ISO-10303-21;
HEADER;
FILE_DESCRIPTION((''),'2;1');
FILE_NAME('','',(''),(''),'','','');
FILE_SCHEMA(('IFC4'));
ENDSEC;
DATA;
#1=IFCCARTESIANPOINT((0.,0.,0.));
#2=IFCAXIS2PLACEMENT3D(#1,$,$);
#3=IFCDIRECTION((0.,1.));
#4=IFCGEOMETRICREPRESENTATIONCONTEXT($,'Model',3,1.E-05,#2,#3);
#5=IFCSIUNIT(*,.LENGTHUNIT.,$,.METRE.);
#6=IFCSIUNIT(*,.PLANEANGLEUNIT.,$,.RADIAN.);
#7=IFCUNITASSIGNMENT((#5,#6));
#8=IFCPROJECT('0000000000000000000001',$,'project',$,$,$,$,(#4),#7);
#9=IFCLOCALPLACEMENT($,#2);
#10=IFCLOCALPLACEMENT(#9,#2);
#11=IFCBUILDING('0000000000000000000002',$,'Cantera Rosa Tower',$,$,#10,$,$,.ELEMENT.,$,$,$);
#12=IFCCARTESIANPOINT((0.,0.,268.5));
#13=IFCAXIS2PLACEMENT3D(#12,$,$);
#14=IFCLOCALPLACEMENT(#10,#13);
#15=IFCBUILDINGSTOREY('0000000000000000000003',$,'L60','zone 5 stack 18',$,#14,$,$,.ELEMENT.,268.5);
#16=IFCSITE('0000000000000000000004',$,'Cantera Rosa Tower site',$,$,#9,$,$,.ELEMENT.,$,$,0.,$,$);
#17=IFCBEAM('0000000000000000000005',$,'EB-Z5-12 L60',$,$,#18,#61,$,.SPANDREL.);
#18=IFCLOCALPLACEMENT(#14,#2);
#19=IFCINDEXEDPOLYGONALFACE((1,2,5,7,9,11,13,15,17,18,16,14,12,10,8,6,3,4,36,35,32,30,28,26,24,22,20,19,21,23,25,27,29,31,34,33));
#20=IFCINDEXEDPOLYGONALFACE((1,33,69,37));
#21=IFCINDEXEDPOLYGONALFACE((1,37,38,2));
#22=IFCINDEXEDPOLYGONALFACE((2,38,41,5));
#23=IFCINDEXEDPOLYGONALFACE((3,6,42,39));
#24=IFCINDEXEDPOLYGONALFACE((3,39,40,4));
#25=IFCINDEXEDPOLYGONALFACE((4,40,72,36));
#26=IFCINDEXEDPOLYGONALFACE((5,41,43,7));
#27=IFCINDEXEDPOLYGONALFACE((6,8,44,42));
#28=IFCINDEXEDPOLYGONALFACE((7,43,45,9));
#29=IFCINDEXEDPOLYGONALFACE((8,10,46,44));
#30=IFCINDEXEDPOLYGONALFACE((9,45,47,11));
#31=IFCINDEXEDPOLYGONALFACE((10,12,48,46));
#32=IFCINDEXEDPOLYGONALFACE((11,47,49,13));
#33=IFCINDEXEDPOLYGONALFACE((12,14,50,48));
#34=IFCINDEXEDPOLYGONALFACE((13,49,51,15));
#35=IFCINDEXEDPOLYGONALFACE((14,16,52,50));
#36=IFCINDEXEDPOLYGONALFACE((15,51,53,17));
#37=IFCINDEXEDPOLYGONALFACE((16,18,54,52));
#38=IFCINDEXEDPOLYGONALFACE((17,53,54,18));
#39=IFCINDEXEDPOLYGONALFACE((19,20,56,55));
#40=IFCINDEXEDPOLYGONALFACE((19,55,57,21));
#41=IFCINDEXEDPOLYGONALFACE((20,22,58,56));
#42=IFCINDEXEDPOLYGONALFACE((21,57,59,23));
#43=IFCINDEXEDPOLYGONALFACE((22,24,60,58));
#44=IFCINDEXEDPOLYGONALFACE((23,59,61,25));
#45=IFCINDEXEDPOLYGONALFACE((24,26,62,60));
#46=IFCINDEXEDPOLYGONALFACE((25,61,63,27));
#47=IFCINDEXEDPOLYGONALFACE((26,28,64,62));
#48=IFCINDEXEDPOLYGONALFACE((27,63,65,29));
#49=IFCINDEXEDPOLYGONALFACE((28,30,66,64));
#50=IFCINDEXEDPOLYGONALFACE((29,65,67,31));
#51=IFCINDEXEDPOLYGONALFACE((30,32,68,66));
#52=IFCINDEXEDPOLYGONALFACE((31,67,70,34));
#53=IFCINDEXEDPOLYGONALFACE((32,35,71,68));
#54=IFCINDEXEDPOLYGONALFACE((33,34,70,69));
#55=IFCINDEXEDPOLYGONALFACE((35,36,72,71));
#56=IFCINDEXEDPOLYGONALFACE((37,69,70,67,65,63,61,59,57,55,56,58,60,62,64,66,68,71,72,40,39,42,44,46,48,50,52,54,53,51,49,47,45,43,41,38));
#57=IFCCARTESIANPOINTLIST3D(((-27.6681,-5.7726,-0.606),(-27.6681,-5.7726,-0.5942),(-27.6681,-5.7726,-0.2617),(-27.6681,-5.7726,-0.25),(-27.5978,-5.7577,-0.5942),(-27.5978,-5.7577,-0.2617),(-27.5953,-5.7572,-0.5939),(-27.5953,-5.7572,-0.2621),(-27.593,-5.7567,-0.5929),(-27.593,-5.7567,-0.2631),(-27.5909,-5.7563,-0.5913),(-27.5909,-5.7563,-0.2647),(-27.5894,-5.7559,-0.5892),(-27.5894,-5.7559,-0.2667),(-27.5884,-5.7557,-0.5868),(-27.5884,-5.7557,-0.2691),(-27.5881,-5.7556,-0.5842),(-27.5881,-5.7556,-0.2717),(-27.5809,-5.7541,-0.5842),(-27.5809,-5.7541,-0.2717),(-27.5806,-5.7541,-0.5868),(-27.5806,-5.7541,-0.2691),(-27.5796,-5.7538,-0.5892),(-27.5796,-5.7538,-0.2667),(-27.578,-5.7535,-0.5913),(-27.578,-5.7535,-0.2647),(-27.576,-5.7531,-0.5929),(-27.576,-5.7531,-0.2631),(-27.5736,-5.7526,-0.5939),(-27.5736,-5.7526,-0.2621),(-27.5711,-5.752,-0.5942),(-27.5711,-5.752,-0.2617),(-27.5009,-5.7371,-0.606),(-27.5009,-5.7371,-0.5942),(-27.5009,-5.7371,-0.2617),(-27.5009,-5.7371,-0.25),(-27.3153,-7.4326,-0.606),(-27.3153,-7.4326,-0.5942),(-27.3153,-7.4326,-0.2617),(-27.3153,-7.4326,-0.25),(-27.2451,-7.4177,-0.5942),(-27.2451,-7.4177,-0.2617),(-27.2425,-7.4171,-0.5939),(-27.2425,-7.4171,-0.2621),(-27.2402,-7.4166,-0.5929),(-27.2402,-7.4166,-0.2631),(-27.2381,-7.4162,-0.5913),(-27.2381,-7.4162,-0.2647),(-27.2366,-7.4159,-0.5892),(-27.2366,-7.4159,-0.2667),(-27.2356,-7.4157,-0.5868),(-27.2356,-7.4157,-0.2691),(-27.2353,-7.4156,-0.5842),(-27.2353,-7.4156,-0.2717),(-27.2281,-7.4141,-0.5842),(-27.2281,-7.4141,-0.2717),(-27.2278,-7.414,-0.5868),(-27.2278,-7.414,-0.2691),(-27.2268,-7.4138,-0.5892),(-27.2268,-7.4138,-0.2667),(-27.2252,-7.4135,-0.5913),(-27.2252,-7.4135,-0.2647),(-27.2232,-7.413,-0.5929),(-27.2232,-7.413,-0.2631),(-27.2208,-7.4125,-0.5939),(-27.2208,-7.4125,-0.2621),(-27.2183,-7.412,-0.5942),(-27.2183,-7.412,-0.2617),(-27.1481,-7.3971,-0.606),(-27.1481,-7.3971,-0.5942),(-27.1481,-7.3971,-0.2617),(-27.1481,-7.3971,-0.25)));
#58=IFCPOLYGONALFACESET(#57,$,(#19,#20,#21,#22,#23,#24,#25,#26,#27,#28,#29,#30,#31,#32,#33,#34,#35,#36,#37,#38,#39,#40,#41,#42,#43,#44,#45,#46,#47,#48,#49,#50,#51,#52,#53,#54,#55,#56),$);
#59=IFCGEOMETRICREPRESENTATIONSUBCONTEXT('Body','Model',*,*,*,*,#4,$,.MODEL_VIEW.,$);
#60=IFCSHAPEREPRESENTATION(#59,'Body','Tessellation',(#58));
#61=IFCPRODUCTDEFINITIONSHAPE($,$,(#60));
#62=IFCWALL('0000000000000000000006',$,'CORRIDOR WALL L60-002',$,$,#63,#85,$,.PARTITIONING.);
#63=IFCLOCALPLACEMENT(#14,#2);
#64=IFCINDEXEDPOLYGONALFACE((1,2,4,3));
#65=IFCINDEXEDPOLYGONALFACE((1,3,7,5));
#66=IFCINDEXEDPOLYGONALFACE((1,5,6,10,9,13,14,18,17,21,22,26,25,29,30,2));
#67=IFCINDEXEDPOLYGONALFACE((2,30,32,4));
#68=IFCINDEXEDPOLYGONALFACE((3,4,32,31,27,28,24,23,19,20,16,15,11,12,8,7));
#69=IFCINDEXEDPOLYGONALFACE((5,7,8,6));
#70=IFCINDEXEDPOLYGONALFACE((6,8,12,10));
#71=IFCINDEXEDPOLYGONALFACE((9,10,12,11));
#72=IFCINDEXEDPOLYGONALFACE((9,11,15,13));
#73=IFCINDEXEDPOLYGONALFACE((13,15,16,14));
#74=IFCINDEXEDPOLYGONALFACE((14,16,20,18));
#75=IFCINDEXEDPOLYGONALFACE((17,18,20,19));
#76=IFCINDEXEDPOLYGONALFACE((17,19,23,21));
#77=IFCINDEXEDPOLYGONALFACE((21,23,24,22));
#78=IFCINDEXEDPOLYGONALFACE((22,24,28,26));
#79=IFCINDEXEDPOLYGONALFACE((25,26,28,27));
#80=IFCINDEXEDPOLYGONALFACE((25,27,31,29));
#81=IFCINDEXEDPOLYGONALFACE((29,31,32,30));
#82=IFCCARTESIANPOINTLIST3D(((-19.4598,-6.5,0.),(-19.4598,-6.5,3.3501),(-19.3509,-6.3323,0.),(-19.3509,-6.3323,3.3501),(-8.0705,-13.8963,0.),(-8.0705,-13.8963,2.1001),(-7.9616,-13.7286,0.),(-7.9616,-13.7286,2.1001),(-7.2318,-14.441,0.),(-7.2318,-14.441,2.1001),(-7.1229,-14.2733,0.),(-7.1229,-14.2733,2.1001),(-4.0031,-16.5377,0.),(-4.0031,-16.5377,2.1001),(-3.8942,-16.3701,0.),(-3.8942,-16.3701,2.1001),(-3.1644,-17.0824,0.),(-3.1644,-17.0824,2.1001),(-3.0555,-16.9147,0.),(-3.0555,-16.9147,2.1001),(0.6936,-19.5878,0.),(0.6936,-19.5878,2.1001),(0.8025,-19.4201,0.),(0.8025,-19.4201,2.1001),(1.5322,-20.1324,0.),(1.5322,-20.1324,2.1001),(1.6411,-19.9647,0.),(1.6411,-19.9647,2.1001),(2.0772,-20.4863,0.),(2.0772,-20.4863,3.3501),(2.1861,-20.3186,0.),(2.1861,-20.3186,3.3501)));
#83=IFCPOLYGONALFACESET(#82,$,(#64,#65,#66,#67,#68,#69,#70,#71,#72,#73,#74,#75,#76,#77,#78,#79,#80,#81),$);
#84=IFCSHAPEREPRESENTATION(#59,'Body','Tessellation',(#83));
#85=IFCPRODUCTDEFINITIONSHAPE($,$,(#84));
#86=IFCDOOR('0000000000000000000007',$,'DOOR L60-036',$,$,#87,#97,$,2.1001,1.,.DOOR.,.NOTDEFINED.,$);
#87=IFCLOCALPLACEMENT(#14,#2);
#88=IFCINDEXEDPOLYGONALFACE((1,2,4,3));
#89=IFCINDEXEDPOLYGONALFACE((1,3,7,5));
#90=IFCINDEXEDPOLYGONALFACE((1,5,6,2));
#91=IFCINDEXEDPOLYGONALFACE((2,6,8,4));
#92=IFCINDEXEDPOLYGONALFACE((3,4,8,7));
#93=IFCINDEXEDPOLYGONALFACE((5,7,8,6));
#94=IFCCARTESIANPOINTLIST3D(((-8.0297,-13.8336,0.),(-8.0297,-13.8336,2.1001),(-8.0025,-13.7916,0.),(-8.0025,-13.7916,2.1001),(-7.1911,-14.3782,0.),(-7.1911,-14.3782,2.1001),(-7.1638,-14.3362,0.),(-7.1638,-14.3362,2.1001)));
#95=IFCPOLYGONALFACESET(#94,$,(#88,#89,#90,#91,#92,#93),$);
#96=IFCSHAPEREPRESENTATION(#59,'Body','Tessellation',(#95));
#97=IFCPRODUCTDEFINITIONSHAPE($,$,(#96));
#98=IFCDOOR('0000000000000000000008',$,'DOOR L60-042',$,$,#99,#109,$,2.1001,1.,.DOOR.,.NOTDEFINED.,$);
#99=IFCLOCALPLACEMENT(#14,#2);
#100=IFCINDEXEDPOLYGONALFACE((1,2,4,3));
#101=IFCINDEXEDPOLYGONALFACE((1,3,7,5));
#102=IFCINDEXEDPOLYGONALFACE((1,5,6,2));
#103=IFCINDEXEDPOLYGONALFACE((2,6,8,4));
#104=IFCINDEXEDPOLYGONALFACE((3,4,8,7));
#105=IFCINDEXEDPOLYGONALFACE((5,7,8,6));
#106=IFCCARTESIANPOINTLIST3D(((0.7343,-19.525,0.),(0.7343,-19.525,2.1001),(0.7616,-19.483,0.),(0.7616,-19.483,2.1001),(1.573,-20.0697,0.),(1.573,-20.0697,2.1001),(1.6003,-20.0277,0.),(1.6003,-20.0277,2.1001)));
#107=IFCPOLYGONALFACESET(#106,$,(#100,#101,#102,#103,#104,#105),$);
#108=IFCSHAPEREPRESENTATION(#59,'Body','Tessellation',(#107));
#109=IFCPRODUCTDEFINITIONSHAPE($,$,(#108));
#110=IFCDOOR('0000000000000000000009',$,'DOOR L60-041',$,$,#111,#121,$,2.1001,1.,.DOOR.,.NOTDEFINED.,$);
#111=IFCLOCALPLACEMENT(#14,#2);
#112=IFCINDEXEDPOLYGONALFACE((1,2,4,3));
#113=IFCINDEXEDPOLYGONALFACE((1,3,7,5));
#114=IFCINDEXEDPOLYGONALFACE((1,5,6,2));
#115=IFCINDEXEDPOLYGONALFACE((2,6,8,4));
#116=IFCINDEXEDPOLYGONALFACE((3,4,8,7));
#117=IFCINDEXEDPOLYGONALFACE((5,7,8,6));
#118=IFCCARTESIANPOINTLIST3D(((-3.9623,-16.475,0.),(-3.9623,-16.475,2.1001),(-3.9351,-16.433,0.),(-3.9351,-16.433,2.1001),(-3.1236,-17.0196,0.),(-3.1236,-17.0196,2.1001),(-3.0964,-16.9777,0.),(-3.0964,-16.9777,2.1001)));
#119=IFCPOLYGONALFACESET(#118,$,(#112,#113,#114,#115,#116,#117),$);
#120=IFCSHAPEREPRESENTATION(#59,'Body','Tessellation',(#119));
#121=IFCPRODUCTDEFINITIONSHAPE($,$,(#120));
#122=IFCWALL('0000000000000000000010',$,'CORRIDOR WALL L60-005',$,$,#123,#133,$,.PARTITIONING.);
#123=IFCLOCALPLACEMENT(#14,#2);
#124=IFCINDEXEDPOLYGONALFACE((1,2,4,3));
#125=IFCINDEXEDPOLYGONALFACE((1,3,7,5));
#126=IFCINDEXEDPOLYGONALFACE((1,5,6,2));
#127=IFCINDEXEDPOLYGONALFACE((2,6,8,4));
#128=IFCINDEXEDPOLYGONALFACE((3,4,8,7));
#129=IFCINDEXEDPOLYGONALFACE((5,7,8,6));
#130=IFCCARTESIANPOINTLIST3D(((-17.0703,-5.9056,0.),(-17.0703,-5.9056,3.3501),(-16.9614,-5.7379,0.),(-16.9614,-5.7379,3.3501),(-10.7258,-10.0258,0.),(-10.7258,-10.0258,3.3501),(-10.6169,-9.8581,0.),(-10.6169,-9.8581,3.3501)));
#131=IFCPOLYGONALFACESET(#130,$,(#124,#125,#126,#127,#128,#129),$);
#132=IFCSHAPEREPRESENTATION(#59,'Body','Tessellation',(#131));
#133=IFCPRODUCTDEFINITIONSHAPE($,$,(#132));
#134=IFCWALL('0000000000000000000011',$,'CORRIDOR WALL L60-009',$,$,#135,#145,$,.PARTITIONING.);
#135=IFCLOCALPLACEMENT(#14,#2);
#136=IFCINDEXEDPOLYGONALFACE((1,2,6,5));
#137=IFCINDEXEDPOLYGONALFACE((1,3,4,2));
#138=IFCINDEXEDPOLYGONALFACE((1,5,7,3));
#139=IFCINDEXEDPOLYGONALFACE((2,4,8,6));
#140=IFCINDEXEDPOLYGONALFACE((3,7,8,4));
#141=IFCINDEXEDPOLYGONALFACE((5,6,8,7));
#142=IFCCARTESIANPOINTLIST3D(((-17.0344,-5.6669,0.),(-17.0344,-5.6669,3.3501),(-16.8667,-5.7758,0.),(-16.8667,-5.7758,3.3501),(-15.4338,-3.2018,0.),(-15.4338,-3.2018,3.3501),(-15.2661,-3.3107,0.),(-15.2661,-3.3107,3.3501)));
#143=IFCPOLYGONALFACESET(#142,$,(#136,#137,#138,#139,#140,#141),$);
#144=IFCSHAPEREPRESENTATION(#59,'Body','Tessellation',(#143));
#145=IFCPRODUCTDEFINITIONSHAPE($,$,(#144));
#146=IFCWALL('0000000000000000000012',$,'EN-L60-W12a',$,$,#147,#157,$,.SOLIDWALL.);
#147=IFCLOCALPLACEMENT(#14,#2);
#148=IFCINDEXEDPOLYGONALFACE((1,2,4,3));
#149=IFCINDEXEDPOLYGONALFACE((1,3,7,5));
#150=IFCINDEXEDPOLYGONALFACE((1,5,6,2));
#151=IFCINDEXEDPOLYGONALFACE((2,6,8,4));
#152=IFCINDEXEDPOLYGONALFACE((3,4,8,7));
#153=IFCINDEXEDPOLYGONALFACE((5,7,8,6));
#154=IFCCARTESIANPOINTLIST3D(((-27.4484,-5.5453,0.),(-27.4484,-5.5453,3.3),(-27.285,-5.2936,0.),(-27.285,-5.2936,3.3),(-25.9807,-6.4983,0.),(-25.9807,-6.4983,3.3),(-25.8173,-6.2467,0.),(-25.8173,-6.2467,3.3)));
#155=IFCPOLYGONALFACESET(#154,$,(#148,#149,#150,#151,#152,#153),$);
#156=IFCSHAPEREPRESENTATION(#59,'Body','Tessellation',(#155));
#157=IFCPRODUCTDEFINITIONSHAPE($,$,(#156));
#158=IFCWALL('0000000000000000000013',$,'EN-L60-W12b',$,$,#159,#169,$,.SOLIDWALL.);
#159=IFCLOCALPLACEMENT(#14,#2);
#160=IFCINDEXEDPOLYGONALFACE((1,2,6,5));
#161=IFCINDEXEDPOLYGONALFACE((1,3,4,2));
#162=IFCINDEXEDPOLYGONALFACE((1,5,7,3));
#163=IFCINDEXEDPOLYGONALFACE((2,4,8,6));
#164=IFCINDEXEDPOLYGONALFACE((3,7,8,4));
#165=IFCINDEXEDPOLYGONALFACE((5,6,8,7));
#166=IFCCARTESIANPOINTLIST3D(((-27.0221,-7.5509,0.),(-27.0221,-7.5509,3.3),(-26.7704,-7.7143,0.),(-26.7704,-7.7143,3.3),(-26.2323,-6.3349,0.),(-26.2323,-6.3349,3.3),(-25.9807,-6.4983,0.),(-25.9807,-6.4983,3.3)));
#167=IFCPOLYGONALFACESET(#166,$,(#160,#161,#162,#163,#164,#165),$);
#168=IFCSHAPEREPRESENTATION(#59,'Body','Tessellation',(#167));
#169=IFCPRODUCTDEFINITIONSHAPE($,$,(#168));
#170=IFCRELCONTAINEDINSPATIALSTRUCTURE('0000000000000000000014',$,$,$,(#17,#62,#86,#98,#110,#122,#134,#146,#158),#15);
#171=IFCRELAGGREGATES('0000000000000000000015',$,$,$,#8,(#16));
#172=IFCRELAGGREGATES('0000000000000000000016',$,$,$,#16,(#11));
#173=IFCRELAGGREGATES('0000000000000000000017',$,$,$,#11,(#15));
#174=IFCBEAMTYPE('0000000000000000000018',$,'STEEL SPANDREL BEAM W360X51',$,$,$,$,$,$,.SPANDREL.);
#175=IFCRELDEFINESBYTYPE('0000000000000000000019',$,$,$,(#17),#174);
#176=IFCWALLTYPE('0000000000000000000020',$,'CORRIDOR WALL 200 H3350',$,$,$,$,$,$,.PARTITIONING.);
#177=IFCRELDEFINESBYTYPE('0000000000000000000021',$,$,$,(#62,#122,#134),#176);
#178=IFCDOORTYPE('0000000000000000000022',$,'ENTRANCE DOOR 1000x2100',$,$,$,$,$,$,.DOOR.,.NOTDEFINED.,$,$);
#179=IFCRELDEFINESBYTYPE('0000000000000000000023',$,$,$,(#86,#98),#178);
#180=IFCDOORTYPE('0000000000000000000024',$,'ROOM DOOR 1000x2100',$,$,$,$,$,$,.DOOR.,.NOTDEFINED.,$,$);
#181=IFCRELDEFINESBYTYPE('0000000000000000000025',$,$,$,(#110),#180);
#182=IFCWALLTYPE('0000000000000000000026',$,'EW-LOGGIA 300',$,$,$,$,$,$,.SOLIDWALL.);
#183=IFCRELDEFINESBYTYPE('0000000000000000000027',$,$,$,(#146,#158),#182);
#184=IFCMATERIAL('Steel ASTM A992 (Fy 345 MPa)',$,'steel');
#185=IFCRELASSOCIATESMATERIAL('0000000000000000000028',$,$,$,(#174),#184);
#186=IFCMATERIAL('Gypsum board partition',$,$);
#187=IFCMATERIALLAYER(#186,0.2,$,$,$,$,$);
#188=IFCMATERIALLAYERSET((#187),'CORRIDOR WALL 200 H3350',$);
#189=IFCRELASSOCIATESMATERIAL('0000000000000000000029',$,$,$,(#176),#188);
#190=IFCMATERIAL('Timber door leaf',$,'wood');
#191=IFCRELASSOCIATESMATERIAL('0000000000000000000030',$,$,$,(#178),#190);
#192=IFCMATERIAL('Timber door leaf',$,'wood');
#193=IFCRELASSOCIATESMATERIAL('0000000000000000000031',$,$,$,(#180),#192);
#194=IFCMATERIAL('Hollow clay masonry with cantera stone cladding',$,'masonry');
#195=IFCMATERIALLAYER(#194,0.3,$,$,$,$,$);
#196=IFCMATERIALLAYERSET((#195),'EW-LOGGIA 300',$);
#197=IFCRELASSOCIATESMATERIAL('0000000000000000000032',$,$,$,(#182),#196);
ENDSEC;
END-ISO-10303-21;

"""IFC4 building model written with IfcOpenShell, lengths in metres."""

from ifc_helpers import new_model, si_unit, direction, frame, frame_2d, origin, origin_2d, place, context, subcontext, project, spatial, rectangle, i_section, extrude, material, layer, layer_set, material_profile, profile_set, type_object, element, fill, save


model = new_model("IFC4")

# Units and contexts
model_context = context("Model", 3, precision=1e-05, world=origin(), true_north=direction((0.0, 1.0)))
body_context = subcontext(model_context, "Body", "Model", "MODEL_VIEW")
ifc_project = project(units=[si_unit("LENGTHUNIT", "METRE"), si_unit("PLANEANGLEUNIT", "RADIAN")], contexts=[model_context])

# Site, building, storey
site_placement = place(None, origin())
site = spatial("IfcSite", under=ifc_project, at=site_placement, Name="Cantera Rosa Tower site", CompositionType="ELEMENT", RefElevation=0.0)
building_placement = place(site_placement, origin())
building = spatial("IfcBuilding", under=site, at=building_placement, Name="Cantera Rosa Tower", CompositionType="ELEMENT")
storey_placement = place(building_placement, frame((0.0, 0.0, 268.5)))
storey = spatial("IfcBuildingStorey", under=building, at=storey_placement, Name="L60", Description="zone 5 stack 18", CompositionType="ELEMENT", Elevation=268.5)

# Beam
ifc_material_1 = material(Name="Steel ASTM A992 (Fy 345 MPa)", Category="steel")
ifc_material_profile_1 = material_profile(ifc_material_1, i_section(OverallWidth=0.1709, OverallDepth=0.356, WebThickness=0.0073, FlangeThickness=0.0117, FilletRadius=0.01, at=origin_2d()), Name="W360X51")
ifc_profile_set_1 = profile_set([ifc_material_profile_1], Name="Steel ASTM A992 (Fy 345 MPa)")
beam_type_1 = type_object("IfcBeamType", Name="STEEL SPANDREL BEAM W360X51", PredefinedType="SPANDREL", material=ifc_profile_set_1)
beam_1_placement = place(storey_placement, frame((-27.5845, -5.7549, -0.428), z_axis=(0.207888, -0.978153, 0.0), x_axis=(0.978153, 0.207888, 0.0)))
element("IfcBeam", 1, at=beam_1_placement, inside=storey, type_object=beam_type_1, Name="EB-Z5-12 L60", PredefinedType="SPANDREL", context=body_context, shape_type="SweptSolid", body=[
    extrude(i_section(OverallWidth=0.1709, OverallDepth=0.356, WebThickness=0.0073, FlangeThickness=0.0117, FilletRadius=0.01, at=origin_2d()), origin(), (0.0, 0.0, 1.0), 1.697),
])

# Wall, openings, doors
ifc_material_2 = material(Name="Gypsum board partition")
ifc_layer_1 = layer(ifc_material_2, 0.2)
ifc_layer_set_1 = layer_set([ifc_layer_1], Name="CORRIDOR WALL 200 H3350")
wall_type_1 = type_object("IfcWallType", Name="CORRIDOR WALL 200 H3350", PredefinedType="PARTITIONING", material=ifc_layer_set_1)
wall_1_placement = place(storey_placement, frame((-19.4053, -6.4163, 0.0), z_axis=(0.0, 0.0, 1.0), x_axis=(0.838671, -0.544638, 0.0)))
wall_1 = element("IfcWall", 2, at=wall_1_placement, inside=storey, type_object=wall_type_1, Name="CORRIDOR WALL L60-002", PredefinedType="PARTITIONING", context=body_context, shape_type="SweptSolid", body=[
    extrude(rectangle(XDim=25.6799, YDim=0.2, at=frame_2d((12.8398, 0.0))), origin(), (0.0, 0.0, 1.0), 3.3501),
])
opening_1_placement = place(wall_1_placement, frame((13.5801, 0.0, 0.0)))
opening_1 = element("IfcOpeningElement", 3, at=opening_1_placement, cuts=wall_1, PredefinedType="OPENING", context=body_context, shape_type="SweptSolid", body=[
    extrude(rectangle(XDim=1.0, YDim=2.1001, at=frame_2d((0.5, 1.05))), frame((0.0, 0.1099, 0.0), z_axis=(0.0, -1.0, 0.0), x_axis=(1.0, 0.0, 0.0)), (0.0, 0.0, 1.0), 0.22),
])
opening_2_placement = place(wall_1_placement, frame((18.4299, 0.0, 0.0)))
opening_2 = element("IfcOpeningElement", 4, at=opening_2_placement, cuts=wall_1, PredefinedType="OPENING", context=body_context, shape_type="SweptSolid", body=[
    extrude(rectangle(XDim=1.0, YDim=2.1001, at=frame_2d((0.5, 1.05))), frame((0.0, 0.1099, 0.0), z_axis=(0.0, -1.0, 0.0), x_axis=(1.0, 0.0, 0.0)), (0.0, 0.0, 1.0), 0.22),
])
opening_3_placement = place(wall_1_placement, frame((24.03, 0.0, 0.0)))
opening_3 = element("IfcOpeningElement", 5, at=opening_3_placement, cuts=wall_1, PredefinedType="OPENING", context=body_context, shape_type="SweptSolid", body=[
    extrude(rectangle(XDim=1.0, YDim=2.1001, at=frame_2d((0.5, 1.05))), frame((0.0, 0.1099, 0.0), z_axis=(0.0, -1.0, 0.0), x_axis=(1.0, 0.0, 0.0)), (0.0, 0.0, 1.0), 0.22),
])
ifc_material_3 = material(Name="Timber door leaf", Category="wood")
door_type_1 = type_object("IfcDoorType", Name="ENTRANCE DOOR 1000x2100", OperationType="NOTDEFINED", PredefinedType="DOOR", material=ifc_material_3)
door_1_placement = place(opening_1_placement, origin())
door_1 = element("IfcDoor", 6, at=door_1_placement, inside=storey, type_object=door_type_1, Name="DOOR L60-036", OperationType="NOTDEFINED", OverallHeight=2.1001, OverallWidth=1.0, PredefinedType="DOOR", context=body_context, shape_type="SweptSolid", body=[
    extrude(rectangle(XDim=1.0, YDim=2.1001, at=frame_2d((0.5, 1.05))), frame((0.0, 0.0249, 0.0), z_axis=(0.0, -1.0, 0.0), x_axis=(1.0, 0.0, 0.0)), (0.0, 0.0, 1.0), 0.05),
])
fill(opening_1, door_1)
door_2_placement = place(opening_3_placement, origin())
door_2 = element("IfcDoor", 7, at=door_2_placement, inside=storey, type_object=door_type_1, Name="DOOR L60-042", OperationType="NOTDEFINED", OverallHeight=2.1001, OverallWidth=1.0, PredefinedType="DOOR", context=body_context, shape_type="SweptSolid", body=[
    extrude(rectangle(XDim=1.0, YDim=2.1001, at=frame_2d((0.5, 1.05))), frame((0.0, 0.0249, 0.0), z_axis=(0.0, -1.0, 0.0), x_axis=(1.0, 0.0, 0.0)), (0.0, 0.0, 1.0), 0.05),
])
fill(opening_3, door_2)
ifc_material_4 = material(Name="Timber door leaf", Category="wood")
door_type_2 = type_object("IfcDoorType", Name="ROOM DOOR 1000x2100", OperationType="NOTDEFINED", PredefinedType="DOOR", material=ifc_material_4)
door_3_placement = place(opening_2_placement, origin())
door_3 = element("IfcDoor", 8, at=door_3_placement, inside=storey, type_object=door_type_2, Name="DOOR L60-041", OperationType="NOTDEFINED", OverallHeight=2.1001, OverallWidth=1.0, PredefinedType="DOOR", context=body_context, shape_type="SweptSolid", body=[
    extrude(rectangle(XDim=1.0, YDim=2.1001, at=frame_2d((0.5, 1.05))), frame((0.0, 0.0249, 0.0), z_axis=(0.0, -1.0, 0.0), x_axis=(1.0, 0.0, 0.0)), (0.0, 0.0, 1.0), 0.05),
])
fill(opening_2, door_3)

# Walls
wall_2_placement = place(storey_placement, frame((-17.0159, -5.8218, 0.0), z_axis=(0.0, 0.0, 1.0), x_axis=(0.838673, -0.544636, 0.0)))
element("IfcWall", 9, at=wall_2_placement, inside=storey, type_object=wall_type_1, Name="CORRIDOR WALL L60-005", PredefinedType="PARTITIONING", context=body_context, shape_type="SweptSolid", body=[
    extrude(rectangle(XDim=7.5649, YDim=0.2, at=frame_2d((3.7825, 0.0))), origin(), (0.0, 0.0, 1.0), 3.3501),
])
wall_3_placement = place(storey_placement, frame((-15.3499, -3.2561, 0.0), z_axis=(0.0, 0.0, 1.0), x_axis=(-0.544577, -0.838711, 0.0)))
element("IfcWall", 10, at=wall_3_placement, inside=storey, type_object=wall_type_1, Name="CORRIDOR WALL L60-009", PredefinedType="PARTITIONING", context=body_context, shape_type="SweptSolid", body=[
    extrude(rectangle(XDim=2.9392, YDim=0.2, at=frame_2d((1.4697, 0.0))), origin(), (0.0, 0.0, 1.0), 3.3501),
])
ifc_material_5 = material(Name="Hollow clay masonry with cantera stone cladding", Category="masonry")
ifc_layer_2 = layer(ifc_material_5, 0.3)
ifc_layer_set_2 = layer_set([ifc_layer_2], Name="EW-LOGGIA 300")
wall_type_2 = type_object("IfcWallType", Name="EW-LOGGIA 300", PredefinedType="SOLIDWALL", material=ifc_layer_set_2)
wall_4_placement = place(storey_placement, frame((-27.3667, -5.4194, 0.0), z_axis=(0.0, 0.0, 1.0), x_axis=(0.838686, -0.544616, 0.0)))
element("IfcWall", 11, at=wall_4_placement, inside=storey, type_object=wall_type_2, Name="EN-L60-W12a", PredefinedType="SOLIDWALL", context=body_context, shape_type="SweptSolid", body=[
    extrude(rectangle(XDim=1.75, YDim=0.3, at=frame_2d((0.875, 0.0))), origin(), (0.0, 0.0, 1.0), 3.3),
])
wall_5_placement = place(storey_placement, frame((-26.1064, -6.4165, 0.0), z_axis=(0.0, 0.0, 1.0), x_axis=(-0.544675, -0.838647, 0.0)))
element("IfcWall", 12, at=wall_5_placement, inside=storey, type_object=wall_type_2, Name="EN-L60-W12b", PredefinedType="SOLIDWALL", context=body_context, shape_type="SweptSolid", body=[
    extrude(rectangle(XDim=1.45, YDim=0.3, at=frame_2d((0.7251, 0.0))), origin(), (0.0, 0.0, 1.0), 3.3),
])

save(model, "model.ifc")
